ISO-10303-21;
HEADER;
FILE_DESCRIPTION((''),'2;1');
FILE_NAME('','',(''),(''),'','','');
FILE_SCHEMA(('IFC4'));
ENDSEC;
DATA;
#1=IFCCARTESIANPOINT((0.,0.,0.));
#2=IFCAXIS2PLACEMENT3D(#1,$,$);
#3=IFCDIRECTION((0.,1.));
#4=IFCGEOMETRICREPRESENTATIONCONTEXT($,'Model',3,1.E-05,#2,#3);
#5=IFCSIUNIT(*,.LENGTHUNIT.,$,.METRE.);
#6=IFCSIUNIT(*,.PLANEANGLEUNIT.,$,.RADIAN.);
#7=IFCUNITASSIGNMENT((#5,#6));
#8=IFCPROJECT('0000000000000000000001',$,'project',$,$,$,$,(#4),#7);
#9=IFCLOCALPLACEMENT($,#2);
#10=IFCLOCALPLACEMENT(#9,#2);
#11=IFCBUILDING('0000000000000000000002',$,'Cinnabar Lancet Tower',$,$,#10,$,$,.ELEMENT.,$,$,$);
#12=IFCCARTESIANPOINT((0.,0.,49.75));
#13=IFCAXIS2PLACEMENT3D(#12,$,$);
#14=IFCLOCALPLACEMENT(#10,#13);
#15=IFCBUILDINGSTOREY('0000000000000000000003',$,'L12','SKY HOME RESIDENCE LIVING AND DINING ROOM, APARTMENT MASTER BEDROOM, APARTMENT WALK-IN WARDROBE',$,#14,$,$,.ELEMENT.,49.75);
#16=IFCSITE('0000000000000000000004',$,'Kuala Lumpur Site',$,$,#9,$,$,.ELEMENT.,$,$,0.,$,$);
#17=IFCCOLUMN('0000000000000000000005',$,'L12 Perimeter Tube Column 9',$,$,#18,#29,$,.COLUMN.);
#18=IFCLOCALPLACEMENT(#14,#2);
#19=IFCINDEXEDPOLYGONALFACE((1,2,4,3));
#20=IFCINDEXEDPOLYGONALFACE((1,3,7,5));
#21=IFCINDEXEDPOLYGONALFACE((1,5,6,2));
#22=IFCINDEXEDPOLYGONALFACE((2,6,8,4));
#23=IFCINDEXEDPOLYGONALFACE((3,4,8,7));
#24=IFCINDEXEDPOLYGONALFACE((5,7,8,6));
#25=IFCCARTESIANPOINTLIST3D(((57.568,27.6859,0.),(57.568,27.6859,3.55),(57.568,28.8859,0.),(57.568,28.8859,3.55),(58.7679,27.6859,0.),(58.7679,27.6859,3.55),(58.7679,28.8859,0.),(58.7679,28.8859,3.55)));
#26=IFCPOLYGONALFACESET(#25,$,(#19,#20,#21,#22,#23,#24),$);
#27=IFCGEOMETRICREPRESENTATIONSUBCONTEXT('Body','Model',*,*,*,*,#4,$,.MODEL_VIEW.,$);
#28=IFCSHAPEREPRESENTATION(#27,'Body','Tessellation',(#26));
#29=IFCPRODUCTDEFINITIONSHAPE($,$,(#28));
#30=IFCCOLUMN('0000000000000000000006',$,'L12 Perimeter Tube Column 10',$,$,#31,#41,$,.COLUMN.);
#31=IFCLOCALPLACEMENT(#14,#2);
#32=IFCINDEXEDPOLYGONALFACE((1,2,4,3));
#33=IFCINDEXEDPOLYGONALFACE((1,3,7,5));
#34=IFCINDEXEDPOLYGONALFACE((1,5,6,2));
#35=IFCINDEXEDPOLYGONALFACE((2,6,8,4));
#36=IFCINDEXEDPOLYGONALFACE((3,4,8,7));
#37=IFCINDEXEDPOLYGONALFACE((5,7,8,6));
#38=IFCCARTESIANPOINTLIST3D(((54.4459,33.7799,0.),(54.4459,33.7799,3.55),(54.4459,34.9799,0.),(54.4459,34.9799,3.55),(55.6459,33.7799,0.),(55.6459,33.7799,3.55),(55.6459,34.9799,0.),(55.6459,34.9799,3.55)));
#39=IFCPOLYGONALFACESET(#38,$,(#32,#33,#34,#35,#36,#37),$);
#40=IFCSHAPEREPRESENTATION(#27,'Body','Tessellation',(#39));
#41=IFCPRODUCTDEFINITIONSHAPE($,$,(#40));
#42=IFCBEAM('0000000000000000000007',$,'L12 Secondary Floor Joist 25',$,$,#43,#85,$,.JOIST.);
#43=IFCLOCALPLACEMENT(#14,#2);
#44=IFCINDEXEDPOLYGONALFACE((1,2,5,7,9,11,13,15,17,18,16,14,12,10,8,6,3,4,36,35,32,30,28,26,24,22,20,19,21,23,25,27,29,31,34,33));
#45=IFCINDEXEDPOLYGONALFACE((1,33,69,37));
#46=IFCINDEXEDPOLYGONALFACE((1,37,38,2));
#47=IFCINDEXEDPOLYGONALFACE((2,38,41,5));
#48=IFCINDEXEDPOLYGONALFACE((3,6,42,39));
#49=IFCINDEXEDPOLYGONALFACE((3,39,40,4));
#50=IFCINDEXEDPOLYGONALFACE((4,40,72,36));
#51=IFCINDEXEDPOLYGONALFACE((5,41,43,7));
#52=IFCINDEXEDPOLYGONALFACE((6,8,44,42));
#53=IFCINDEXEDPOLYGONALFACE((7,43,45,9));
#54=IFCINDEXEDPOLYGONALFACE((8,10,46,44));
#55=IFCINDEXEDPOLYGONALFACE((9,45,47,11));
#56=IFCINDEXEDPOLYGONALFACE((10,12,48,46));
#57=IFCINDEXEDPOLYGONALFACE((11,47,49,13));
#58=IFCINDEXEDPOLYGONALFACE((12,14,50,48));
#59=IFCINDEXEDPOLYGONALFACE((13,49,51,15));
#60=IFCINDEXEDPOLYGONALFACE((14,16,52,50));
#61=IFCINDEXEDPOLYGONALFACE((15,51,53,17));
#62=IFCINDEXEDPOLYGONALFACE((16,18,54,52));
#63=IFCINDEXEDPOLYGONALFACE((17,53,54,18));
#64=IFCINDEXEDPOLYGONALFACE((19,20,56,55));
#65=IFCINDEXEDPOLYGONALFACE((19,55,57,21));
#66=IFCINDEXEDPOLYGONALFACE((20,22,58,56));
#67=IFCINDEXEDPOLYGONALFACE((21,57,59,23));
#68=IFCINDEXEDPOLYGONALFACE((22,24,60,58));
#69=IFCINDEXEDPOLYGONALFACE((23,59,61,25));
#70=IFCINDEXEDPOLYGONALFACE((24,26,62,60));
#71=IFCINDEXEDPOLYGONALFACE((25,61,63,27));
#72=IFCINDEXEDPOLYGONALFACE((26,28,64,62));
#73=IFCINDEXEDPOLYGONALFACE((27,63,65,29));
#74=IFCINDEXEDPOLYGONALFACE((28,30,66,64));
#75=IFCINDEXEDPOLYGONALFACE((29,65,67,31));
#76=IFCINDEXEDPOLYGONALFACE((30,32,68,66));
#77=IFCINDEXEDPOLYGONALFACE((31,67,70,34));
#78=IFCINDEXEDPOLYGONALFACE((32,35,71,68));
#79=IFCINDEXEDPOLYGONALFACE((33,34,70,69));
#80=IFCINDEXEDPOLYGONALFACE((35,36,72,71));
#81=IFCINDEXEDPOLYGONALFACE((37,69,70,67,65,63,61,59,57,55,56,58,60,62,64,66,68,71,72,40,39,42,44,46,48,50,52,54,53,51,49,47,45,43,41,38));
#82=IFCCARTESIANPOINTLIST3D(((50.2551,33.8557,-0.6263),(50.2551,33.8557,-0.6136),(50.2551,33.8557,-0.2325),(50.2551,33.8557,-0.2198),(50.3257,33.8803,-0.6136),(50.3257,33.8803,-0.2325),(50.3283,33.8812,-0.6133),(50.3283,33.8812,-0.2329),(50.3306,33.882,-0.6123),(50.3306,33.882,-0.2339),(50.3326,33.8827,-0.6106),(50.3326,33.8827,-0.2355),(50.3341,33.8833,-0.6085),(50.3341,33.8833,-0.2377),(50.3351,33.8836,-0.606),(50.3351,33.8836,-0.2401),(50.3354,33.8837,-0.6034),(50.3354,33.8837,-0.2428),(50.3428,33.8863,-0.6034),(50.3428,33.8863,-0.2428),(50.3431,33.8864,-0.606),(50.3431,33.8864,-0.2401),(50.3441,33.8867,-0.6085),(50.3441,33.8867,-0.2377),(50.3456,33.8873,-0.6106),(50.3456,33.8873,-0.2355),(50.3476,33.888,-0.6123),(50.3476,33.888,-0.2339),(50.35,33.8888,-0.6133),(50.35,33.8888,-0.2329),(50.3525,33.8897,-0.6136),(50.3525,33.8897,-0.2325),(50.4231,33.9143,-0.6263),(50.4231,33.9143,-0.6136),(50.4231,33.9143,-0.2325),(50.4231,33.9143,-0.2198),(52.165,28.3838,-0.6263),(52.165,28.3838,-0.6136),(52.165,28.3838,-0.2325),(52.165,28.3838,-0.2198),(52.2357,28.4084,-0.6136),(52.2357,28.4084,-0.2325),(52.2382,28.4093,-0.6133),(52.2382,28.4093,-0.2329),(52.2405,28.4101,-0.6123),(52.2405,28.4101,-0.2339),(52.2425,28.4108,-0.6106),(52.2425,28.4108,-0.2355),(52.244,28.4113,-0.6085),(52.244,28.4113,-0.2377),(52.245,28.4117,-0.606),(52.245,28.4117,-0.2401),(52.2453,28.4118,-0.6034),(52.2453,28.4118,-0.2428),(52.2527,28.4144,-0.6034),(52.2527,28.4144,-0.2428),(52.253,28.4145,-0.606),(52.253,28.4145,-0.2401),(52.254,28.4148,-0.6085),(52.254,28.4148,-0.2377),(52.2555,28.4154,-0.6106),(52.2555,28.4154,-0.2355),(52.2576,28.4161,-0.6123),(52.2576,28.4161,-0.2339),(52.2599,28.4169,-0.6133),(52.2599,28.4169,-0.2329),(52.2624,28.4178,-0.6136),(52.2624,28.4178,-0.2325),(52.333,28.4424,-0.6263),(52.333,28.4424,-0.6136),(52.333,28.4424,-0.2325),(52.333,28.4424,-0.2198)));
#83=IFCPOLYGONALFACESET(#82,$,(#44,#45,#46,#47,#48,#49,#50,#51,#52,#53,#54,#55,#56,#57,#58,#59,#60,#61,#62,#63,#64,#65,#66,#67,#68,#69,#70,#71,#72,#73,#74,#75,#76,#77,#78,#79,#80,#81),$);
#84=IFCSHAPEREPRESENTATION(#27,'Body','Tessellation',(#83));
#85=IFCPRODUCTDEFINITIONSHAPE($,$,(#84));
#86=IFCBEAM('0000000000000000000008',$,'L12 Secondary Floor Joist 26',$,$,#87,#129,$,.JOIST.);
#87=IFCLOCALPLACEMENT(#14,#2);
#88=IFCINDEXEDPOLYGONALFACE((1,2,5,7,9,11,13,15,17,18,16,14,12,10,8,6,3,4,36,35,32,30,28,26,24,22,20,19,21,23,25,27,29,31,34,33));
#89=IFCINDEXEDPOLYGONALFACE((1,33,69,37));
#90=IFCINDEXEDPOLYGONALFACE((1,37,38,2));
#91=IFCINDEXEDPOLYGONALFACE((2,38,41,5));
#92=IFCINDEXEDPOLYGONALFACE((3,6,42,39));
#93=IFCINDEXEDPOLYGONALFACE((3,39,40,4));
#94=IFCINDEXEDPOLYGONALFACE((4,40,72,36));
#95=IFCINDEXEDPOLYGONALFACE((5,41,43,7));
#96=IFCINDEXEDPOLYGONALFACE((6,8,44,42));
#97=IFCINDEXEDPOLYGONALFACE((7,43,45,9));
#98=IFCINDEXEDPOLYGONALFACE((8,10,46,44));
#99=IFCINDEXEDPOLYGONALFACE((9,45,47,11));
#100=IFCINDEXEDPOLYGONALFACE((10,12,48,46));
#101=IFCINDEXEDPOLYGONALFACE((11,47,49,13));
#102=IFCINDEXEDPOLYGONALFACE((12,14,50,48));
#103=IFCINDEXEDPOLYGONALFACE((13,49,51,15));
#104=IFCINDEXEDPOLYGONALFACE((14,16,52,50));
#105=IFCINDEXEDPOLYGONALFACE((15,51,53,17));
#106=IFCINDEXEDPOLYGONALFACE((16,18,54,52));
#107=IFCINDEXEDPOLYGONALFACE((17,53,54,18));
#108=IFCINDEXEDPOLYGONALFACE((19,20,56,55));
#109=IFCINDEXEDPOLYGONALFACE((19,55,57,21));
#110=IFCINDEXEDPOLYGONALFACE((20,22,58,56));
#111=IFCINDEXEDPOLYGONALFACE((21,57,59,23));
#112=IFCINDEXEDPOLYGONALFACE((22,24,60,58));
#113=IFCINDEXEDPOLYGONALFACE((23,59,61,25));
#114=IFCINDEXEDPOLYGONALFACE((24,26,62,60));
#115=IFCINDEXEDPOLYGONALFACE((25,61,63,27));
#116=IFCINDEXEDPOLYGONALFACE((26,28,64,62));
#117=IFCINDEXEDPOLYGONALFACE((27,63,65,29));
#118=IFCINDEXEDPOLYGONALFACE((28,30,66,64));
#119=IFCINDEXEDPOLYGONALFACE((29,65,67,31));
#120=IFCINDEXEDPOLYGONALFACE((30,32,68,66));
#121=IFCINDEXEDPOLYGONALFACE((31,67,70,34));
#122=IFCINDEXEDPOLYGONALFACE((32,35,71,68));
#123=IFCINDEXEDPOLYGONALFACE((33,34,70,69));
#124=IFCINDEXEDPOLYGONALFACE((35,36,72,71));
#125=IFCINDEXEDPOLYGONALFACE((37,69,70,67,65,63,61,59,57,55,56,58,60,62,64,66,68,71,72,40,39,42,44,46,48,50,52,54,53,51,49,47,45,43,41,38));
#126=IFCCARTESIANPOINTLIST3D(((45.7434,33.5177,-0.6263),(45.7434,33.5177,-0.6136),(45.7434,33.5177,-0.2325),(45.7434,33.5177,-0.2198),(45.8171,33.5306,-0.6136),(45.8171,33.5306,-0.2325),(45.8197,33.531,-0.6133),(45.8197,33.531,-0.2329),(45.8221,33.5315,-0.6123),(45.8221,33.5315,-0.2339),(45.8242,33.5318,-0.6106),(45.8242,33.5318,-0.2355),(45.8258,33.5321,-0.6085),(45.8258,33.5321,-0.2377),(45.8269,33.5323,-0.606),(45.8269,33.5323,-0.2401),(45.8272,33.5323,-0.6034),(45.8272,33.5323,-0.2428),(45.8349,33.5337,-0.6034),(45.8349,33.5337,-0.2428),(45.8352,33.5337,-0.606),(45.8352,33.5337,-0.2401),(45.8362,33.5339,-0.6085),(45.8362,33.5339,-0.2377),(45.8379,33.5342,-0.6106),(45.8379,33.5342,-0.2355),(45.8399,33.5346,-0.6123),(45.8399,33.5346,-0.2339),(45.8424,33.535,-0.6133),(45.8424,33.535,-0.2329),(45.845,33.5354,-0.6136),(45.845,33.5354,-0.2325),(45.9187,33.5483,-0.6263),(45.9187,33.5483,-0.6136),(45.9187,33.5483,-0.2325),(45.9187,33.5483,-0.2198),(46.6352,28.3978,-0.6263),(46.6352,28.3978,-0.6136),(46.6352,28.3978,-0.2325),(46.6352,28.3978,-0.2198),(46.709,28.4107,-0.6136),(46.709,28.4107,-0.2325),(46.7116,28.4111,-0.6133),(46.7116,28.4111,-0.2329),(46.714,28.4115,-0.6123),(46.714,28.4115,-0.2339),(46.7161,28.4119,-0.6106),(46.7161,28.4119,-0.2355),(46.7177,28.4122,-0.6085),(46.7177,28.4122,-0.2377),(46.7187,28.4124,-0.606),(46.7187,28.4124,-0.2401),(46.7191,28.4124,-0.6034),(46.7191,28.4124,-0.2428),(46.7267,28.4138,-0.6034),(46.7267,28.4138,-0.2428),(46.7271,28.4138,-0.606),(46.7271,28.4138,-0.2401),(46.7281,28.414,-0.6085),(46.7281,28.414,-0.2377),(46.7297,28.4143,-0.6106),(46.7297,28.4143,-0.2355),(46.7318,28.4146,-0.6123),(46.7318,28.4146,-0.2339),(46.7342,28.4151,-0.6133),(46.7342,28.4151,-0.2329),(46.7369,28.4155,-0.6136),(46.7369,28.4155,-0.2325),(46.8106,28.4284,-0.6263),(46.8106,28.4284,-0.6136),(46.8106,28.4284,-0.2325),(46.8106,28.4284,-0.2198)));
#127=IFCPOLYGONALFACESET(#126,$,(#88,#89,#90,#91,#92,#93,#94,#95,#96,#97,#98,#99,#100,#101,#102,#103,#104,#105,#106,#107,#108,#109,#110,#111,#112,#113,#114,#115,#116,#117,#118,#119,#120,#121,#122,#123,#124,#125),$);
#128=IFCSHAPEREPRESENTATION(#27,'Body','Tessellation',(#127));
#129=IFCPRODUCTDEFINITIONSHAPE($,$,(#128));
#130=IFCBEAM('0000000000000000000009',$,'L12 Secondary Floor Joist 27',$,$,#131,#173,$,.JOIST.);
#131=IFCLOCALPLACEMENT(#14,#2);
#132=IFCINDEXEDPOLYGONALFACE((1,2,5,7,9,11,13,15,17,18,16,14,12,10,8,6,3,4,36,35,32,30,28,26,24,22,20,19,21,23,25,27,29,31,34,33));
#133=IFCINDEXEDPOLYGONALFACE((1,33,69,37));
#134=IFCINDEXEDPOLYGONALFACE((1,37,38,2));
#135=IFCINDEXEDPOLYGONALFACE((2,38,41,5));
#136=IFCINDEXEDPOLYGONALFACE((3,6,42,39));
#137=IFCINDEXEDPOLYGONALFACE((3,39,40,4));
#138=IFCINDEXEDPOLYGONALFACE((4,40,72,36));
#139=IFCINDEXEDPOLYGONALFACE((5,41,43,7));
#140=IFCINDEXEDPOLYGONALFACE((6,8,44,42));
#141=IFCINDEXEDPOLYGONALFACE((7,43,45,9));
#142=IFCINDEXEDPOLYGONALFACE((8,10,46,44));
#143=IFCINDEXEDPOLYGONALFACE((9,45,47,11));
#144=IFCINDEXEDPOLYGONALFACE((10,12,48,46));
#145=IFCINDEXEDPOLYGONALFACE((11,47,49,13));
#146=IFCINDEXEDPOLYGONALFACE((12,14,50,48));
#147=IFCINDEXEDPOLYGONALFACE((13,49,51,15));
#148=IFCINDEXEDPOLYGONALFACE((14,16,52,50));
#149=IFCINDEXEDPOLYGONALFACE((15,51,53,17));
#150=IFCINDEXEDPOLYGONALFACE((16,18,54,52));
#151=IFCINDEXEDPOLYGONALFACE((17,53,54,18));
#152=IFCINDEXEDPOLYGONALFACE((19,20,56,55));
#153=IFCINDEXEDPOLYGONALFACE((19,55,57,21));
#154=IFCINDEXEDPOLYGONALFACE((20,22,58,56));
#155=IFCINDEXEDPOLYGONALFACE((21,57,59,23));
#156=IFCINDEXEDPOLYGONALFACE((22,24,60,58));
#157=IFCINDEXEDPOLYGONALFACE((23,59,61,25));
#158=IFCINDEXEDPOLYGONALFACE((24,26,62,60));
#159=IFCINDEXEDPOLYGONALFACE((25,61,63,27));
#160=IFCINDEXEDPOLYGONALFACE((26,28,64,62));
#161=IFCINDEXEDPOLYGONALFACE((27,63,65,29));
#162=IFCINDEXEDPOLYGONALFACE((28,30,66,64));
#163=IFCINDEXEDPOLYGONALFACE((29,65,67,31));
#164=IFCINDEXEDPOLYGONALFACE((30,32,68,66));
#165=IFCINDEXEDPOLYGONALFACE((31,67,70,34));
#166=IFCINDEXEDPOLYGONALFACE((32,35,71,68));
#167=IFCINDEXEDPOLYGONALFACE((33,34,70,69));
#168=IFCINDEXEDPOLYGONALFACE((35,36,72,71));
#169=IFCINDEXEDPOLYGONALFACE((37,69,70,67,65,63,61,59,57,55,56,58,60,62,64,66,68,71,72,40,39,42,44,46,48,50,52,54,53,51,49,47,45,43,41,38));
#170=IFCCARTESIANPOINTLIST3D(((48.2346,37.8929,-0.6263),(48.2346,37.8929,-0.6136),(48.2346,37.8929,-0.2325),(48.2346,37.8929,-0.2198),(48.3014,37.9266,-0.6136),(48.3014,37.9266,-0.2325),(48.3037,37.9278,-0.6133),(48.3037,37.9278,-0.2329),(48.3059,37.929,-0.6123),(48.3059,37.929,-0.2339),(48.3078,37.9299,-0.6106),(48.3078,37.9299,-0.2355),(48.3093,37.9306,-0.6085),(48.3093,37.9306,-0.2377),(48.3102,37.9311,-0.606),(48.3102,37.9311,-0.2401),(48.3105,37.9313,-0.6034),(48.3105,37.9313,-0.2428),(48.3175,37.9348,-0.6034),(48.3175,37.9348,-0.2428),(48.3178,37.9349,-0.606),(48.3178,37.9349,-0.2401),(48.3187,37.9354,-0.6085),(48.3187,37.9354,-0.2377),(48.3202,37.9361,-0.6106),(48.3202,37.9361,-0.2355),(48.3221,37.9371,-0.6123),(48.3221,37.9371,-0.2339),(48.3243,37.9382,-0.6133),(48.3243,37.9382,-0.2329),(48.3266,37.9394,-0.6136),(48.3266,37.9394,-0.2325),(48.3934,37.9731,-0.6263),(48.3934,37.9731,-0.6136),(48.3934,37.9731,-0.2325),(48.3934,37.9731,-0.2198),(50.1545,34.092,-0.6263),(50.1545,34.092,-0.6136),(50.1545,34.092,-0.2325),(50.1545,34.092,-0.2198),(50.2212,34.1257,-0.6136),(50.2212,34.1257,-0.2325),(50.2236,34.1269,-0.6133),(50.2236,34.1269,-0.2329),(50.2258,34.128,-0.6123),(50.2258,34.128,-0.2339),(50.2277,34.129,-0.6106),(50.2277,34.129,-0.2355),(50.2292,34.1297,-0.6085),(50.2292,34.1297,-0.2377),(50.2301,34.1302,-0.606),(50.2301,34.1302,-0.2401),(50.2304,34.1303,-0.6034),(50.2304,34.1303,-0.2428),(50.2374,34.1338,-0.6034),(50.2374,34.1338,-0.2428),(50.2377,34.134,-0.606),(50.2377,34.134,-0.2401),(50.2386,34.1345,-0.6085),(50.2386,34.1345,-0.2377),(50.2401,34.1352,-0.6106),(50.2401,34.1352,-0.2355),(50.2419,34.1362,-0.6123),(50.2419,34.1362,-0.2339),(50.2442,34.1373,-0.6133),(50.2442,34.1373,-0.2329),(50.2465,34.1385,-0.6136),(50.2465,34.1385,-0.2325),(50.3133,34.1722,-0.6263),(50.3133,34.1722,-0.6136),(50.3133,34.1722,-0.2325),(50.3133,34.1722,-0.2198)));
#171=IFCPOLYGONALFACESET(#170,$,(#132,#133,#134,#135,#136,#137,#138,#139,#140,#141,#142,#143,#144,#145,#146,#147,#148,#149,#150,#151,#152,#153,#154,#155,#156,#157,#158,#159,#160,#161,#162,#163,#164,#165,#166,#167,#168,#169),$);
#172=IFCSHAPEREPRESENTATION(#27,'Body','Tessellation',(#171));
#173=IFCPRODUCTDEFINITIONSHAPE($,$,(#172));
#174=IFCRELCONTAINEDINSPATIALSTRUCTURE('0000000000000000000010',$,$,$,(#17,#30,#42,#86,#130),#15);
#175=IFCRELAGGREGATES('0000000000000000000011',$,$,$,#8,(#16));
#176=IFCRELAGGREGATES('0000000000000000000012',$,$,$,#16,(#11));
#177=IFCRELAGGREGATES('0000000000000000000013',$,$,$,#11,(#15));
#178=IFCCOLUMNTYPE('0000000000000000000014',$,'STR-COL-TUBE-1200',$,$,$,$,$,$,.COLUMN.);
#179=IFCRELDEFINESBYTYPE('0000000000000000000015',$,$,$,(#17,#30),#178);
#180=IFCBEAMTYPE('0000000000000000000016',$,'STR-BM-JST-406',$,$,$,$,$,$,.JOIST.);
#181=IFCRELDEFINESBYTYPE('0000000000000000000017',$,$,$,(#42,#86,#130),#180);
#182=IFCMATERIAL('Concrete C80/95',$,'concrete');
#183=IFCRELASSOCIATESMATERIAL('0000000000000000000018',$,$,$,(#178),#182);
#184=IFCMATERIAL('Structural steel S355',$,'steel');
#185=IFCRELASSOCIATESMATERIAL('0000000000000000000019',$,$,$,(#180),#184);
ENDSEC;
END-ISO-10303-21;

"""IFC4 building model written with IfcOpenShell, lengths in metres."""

from ifc_helpers import new_model, si_unit, direction, frame, origin, origin_2d, place, context, subcontext, project, spatial, rectangle, i_section, extrude, material, material_profile, profile_set, type_object, element, save


model = new_model("IFC4")

# Units and contexts
model_context = context("Model", 3, precision=1e-05, world=origin(), true_north=direction((0.0, 1.0)))
body_context = subcontext(model_context, "Body", "Model", "MODEL_VIEW")
ifc_project = project(units=[si_unit("LENGTHUNIT", "METRE"), si_unit("PLANEANGLEUNIT", "RADIAN")], contexts=[model_context])

# Site, building, storey
site_placement = place(None, origin())
site = spatial("IfcSite", under=ifc_project, at=site_placement, Name="Kuala Lumpur Site", CompositionType="ELEMENT", RefElevation=0.0)
building_placement = place(site_placement, origin())
building = spatial("IfcBuilding", under=site, at=building_placement, Name="Cinnabar Lancet Tower", CompositionType="ELEMENT")
storey_placement = place(building_placement, frame((0.0, 0.0, 49.75)))
storey = spatial("IfcBuildingStorey", under=building, at=storey_placement, Name="L12", Description="SKY HOME RESIDENCE LIVING AND DINING ROOM, APARTMENT MASTER BEDROOM, APARTMENT WALK-IN WARDROBE", CompositionType="ELEMENT", Elevation=49.75)

# Columns
ifc_material_1 = material(Name="Concrete C80/95", Category="concrete")
ifc_material_profile_1 = material_profile(ifc_material_1, rectangle(XDim=1.2, YDim=1.2, at=origin_2d()), Name="RC-COL 1200x1200")
ifc_profile_set_1 = profile_set([ifc_material_profile_1], Name="Concrete C80/95")
column_type = type_object("IfcColumnType", Name="STR-COL-TUBE-1200", PredefinedType="COLUMN", material=ifc_profile_set_1)
for number, where, z_axis, x_axis, name in (
    (1, (58.168, 28.2859, 0.0), (0.0, 0.0, 1.0), (1.0, 0.0, 0.0), "L12 Perimeter Tube Column 9"),
    (2, (55.0459, 34.3799, 0.0), (0.0, 0.0, 1.0), (1.0, 0.0, 0.0), "L12 Perimeter Tube Column 10"),
):
    element("IfcColumn", number, at=place(storey_placement, frame(where, z_axis=z_axis, x_axis=x_axis)), inside=storey, type_object=column_type, Name=name, PredefinedType="COLUMN", context=body_context, shape_type="SweptSolid", body=[
        extrude(rectangle(XDim=1.2, YDim=1.2, at=origin_2d()), origin(), (0.0, 0.0, 1.0), 3.55),
    ])

# Beams
ifc_material_2 = material(Name="Structural steel S355", Category="steel")
ifc_material_profile_2 = material_profile(ifc_material_2, i_section(OverallWidth=0.178, OverallDepth=0.4065, WebThickness=0.0078, FlangeThickness=0.0127, FilletRadius=0.0103, at=origin_2d()), Name="UKB 406x178x60")
ifc_profile_set_2 = profile_set([ifc_material_profile_2], Name="Structural steel S355")
beam_type_1 = type_object("IfcBeamType", Name="STR-BM-JST-406", PredefinedType="JOIST", material=ifc_profile_set_2)
beam_1_placement = place(storey_placement, frame((52.249, 28.4131, -0.4231), z_axis=(-0.329542, 0.944141, 0.0), x_axis=(-0.944141, -0.329542, 0.0)))
element("IfcBeam", 3, at=beam_1_placement, inside=storey, type_object=beam_type_1, Name="L12 Secondary Floor Joist 25", PredefinedType="JOIST", context=body_context, shape_type="SweptSolid", body=[
    extrude(i_section(OverallWidth=0.178, OverallDepth=0.4065, WebThickness=0.0078, FlangeThickness=0.0127, FilletRadius=0.0103, at=origin_2d()), origin(), (0.0, 0.0, 1.0), 5.7957),
])
beam_2_placement = place(storey_placement, frame((46.7229, 28.4131, -0.4231), z_axis=(-0.171609, 0.985165, 0.0), x_axis=(-0.985165, -0.171609, 0.0)))
element("IfcBeam", 4, at=beam_2_placement, inside=storey, type_object=beam_type_1, Name="L12 Secondary Floor Joist 26", PredefinedType="JOIST", context=body_context, shape_type="SweptSolid", body=[
    extrude(i_section(OverallWidth=0.178, OverallDepth=0.4065, WebThickness=0.0078, FlangeThickness=0.0127, FilletRadius=0.0103, at=origin_2d()), origin(), (0.0, 0.0, 1.0), 5.197),
])
beam_3_placement = place(storey_placement, frame((50.2339, 34.1321, -0.4231), z_axis=(-0.450856, 0.892597, 0.0), x_axis=(-0.892597, -0.450856, 0.0)))
element("IfcBeam", 5, at=beam_3_placement, inside=storey, type_object=beam_type_1, Name="L12 Secondary Floor Joist 27", PredefinedType="JOIST", context=body_context, shape_type="SweptSolid", body=[
    extrude(i_section(OverallWidth=0.178, OverallDepth=0.4065, WebThickness=0.0078, FlangeThickness=0.0127, FilletRadius=0.0103, at=origin_2d()), origin(), (0.0, 0.0, 1.0), 4.2583),
])

save(model, "model.ifc")
